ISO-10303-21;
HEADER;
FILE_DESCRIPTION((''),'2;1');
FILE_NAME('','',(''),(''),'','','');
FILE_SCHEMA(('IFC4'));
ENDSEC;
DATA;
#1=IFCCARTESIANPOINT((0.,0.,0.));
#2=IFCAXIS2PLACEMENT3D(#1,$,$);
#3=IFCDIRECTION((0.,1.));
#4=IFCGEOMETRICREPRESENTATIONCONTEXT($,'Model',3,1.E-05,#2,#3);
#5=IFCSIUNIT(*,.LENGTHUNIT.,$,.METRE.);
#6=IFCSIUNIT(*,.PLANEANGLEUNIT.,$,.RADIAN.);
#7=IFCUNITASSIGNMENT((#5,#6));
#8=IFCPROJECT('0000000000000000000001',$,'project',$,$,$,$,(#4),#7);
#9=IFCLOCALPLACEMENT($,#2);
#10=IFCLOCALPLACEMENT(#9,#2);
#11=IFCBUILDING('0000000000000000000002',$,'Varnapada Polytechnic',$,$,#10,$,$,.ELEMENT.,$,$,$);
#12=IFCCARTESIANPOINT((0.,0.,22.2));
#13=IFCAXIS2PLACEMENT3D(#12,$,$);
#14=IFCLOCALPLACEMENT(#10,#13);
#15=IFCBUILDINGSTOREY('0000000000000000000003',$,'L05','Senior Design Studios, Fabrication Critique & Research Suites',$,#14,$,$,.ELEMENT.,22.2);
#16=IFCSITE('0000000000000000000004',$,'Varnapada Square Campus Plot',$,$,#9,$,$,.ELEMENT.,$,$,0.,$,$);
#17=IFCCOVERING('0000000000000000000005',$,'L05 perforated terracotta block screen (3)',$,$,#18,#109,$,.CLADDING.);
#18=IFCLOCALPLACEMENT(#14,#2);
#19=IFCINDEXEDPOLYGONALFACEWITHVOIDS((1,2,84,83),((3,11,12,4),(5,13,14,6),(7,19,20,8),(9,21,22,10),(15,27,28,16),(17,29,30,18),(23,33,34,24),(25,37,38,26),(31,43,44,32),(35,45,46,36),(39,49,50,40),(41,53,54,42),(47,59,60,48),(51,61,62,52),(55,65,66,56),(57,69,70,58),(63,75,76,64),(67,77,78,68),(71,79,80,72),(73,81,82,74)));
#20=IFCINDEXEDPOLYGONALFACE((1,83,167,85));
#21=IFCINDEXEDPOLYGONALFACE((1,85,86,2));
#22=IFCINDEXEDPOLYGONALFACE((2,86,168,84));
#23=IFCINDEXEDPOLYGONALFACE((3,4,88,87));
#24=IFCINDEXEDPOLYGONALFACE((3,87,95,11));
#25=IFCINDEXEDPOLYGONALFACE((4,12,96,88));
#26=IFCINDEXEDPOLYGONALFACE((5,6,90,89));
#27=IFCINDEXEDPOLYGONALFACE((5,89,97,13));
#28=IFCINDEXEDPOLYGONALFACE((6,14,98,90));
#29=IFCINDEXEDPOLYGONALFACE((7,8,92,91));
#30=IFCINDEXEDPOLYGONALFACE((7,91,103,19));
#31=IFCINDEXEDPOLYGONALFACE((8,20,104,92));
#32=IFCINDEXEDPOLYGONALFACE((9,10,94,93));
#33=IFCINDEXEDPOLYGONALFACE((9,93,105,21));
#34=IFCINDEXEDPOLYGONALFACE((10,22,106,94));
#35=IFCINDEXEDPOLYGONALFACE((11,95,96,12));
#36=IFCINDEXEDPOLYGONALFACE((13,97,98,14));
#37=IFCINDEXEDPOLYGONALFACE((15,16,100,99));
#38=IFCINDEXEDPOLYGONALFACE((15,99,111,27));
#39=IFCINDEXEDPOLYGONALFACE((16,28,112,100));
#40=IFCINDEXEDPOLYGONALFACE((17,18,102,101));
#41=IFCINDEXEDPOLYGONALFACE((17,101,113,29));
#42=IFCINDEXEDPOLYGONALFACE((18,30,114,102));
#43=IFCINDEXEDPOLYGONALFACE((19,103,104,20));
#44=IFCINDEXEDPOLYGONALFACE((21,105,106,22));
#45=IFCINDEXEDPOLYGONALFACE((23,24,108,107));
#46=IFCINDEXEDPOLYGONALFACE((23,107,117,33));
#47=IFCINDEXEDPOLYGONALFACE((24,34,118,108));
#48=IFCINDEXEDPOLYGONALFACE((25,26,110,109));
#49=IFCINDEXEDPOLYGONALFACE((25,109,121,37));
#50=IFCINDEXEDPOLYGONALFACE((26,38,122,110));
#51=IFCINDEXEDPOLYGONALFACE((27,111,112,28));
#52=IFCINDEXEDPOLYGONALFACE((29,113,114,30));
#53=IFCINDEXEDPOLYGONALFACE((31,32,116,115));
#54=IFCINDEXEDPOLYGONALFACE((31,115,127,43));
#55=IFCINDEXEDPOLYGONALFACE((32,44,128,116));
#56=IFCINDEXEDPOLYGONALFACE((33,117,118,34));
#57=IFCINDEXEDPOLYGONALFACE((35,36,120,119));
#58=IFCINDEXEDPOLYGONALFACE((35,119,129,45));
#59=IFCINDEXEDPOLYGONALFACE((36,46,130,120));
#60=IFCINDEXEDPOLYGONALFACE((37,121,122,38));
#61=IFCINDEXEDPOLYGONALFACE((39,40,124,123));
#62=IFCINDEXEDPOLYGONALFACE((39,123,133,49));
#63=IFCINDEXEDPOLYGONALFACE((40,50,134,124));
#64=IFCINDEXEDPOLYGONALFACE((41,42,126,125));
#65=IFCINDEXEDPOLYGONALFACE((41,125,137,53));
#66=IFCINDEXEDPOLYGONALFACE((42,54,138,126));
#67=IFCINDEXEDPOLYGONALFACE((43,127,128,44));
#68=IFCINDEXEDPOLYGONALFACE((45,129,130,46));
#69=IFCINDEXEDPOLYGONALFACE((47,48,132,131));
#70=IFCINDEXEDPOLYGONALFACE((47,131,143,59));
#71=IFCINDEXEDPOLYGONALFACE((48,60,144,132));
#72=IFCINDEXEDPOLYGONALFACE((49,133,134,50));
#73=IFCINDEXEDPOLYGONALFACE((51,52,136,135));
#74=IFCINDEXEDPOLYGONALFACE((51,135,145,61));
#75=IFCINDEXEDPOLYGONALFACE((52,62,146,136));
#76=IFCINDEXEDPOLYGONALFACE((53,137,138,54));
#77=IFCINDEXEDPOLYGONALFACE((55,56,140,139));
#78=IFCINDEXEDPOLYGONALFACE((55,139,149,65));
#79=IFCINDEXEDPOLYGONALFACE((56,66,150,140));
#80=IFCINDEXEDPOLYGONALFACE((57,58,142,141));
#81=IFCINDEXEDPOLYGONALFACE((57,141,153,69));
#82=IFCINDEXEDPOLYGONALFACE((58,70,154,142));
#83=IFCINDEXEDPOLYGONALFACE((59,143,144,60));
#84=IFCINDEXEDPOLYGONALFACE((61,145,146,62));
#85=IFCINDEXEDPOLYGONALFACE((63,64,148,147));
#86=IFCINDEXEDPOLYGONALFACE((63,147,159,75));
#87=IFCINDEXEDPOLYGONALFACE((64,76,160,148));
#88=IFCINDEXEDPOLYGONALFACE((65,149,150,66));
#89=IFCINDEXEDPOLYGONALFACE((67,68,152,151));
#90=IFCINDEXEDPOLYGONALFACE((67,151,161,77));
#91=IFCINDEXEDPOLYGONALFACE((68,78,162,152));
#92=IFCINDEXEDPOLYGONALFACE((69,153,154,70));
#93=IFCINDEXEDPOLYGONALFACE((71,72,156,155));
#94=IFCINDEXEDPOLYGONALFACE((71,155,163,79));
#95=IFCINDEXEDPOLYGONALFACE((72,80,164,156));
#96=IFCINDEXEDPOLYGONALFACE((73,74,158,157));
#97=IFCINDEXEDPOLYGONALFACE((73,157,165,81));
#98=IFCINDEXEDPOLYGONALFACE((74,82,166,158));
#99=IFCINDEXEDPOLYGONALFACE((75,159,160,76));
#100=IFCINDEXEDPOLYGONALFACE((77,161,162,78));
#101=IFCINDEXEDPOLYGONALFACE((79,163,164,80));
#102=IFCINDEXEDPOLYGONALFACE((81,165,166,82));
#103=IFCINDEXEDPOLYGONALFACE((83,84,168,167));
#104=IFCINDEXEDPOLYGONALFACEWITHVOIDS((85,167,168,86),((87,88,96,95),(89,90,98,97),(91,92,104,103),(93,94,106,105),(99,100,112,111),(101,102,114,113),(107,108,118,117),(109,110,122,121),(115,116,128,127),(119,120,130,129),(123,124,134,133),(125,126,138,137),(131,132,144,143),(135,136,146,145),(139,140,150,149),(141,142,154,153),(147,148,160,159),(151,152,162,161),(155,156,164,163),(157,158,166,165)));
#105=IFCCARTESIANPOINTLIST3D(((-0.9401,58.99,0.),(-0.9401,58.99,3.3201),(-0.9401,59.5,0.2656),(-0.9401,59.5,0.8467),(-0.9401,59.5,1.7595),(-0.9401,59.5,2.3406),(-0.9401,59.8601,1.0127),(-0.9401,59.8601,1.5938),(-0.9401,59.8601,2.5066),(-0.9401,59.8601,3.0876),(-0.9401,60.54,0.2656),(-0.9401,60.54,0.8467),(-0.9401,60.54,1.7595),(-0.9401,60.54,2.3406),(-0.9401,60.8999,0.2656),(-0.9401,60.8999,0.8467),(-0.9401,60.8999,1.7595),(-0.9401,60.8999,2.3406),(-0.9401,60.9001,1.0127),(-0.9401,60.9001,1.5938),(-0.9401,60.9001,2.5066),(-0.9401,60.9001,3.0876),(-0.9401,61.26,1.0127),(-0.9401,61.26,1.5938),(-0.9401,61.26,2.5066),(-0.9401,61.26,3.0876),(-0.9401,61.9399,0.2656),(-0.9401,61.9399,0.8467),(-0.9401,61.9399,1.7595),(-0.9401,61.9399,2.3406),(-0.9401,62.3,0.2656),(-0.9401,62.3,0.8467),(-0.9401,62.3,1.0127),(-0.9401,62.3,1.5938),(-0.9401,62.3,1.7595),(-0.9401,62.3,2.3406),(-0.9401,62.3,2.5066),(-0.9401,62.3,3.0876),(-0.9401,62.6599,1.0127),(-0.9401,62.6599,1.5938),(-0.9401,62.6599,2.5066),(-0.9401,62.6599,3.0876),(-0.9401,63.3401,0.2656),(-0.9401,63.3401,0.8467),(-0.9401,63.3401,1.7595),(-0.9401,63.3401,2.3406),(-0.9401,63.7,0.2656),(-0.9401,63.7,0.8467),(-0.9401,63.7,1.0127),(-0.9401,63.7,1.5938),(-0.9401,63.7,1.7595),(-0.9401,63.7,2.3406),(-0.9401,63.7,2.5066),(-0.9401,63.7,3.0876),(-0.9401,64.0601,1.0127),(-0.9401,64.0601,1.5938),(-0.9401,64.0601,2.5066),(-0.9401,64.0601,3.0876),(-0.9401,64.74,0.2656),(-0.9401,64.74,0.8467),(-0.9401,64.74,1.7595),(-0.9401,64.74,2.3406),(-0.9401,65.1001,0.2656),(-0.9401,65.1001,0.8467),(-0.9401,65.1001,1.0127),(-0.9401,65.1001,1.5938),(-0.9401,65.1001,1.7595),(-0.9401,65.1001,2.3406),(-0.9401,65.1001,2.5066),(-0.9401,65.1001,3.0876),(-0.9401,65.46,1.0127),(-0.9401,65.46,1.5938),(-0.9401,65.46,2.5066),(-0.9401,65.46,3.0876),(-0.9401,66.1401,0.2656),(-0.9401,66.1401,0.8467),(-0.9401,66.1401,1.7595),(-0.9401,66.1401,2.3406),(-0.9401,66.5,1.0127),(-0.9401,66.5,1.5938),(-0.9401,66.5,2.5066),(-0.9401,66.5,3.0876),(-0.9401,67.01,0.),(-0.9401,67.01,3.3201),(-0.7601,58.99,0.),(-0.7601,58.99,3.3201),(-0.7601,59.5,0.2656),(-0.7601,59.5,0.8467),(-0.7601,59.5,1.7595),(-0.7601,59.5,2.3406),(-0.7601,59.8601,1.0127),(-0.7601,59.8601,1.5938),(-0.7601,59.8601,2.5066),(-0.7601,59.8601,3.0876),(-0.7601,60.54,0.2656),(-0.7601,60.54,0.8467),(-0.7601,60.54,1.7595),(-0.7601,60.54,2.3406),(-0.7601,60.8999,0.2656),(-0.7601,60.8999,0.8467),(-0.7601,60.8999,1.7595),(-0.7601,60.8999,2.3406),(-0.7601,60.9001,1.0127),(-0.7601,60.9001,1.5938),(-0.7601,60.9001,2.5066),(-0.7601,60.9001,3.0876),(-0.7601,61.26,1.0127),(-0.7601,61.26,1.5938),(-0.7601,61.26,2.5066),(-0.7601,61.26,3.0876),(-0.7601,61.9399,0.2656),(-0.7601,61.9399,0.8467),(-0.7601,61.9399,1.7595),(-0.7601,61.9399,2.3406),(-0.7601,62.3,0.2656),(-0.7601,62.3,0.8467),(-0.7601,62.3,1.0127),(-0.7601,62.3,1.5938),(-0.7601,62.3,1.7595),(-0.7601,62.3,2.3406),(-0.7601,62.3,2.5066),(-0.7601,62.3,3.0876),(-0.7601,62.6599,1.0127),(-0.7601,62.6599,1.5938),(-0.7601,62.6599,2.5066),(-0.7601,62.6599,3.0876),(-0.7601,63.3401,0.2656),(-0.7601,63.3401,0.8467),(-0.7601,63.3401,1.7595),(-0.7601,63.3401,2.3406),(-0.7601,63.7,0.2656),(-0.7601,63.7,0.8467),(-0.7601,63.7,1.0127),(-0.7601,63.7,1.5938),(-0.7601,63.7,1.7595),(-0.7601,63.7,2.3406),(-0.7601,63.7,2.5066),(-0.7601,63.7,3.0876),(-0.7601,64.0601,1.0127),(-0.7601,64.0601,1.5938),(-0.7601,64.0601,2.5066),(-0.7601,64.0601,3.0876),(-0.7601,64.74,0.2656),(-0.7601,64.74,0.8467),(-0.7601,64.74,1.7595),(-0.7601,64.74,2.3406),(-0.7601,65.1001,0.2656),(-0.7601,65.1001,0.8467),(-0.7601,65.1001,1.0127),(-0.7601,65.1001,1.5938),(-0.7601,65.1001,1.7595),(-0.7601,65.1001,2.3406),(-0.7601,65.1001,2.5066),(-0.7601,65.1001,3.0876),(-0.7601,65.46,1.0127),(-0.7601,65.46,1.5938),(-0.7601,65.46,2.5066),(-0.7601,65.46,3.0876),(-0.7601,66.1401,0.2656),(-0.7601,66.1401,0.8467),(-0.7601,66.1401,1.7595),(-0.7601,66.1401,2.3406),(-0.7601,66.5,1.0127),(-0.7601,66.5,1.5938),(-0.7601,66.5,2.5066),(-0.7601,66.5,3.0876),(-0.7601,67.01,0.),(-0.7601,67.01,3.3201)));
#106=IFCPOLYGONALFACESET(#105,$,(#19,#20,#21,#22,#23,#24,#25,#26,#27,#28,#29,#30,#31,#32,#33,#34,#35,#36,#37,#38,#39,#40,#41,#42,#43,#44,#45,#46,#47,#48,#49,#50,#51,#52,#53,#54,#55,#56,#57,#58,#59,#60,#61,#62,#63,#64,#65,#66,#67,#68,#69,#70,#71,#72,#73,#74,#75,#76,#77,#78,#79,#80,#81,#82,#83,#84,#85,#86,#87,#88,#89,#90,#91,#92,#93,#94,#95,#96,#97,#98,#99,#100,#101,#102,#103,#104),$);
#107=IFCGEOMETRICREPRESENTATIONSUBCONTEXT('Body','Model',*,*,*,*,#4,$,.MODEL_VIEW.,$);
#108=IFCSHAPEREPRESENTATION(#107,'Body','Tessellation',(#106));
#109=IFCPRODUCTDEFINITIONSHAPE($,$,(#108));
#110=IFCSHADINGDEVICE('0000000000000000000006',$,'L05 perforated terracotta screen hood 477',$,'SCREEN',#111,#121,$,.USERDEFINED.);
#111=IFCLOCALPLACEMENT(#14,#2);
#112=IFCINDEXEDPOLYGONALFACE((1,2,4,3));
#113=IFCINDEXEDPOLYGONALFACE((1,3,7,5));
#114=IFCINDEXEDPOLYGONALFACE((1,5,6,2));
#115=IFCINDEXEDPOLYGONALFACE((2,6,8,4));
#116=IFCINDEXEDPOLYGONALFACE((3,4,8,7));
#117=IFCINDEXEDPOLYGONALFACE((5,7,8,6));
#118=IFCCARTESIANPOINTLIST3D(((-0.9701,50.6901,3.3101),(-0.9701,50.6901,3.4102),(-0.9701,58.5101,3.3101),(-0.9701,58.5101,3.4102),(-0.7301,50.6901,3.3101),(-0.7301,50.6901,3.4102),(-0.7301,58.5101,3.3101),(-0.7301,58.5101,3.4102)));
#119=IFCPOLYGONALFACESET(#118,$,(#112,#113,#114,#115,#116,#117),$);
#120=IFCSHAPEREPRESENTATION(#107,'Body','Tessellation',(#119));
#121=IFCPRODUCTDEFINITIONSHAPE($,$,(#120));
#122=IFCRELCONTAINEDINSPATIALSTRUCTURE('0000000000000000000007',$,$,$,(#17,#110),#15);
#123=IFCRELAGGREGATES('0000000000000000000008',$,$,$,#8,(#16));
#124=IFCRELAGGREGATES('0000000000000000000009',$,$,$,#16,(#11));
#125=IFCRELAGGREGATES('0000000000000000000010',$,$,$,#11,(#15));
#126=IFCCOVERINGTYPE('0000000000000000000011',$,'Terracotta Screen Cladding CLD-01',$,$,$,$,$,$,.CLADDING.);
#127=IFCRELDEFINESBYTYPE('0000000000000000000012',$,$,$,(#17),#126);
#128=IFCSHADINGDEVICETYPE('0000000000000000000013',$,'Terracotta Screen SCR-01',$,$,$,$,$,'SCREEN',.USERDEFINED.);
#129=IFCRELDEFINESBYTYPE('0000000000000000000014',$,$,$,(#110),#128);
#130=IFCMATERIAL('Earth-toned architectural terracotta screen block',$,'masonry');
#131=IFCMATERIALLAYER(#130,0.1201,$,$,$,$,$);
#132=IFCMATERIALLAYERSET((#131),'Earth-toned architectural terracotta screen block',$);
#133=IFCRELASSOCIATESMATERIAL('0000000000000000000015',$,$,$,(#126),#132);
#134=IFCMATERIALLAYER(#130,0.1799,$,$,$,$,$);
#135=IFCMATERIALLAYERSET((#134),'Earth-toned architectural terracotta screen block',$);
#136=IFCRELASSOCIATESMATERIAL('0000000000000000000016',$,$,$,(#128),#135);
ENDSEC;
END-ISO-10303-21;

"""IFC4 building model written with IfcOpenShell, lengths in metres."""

from ifc_helpers import new_model, si_unit, direction, frame, frame_2d, origin, origin_2d, place, context, subcontext, project, spatial, rectangle, extrude, material, layer, layer_set, type_object, element, save


model = new_model("IFC4")

# Units and contexts
model_context = context("Model", 3, precision=1e-05, world=origin(), true_north=direction((0.0, 1.0)))
body_context = subcontext(model_context, "Body", "Model", "MODEL_VIEW")
ifc_project = project(units=[si_unit("LENGTHUNIT", "METRE"), si_unit("PLANEANGLEUNIT", "RADIAN")], contexts=[model_context])

# Site, building, storey
site_placement = place(None, origin())
site = spatial("IfcSite", under=ifc_project, at=site_placement, Name="Varnapada Square Campus Plot", CompositionType="ELEMENT", RefElevation=0.0)
building_placement = place(site_placement, origin())
building = spatial("IfcBuilding", under=site, at=building_placement, Name="Varnapada Polytechnic", CompositionType="ELEMENT")
storey_placement = place(building_placement, frame((0.0, 0.0, 22.2)))
storey = spatial("IfcBuildingStorey", under=building, at=storey_placement, Name="L05", Description="Senior Design Studios, Fabrication Critique & Research Suites", CompositionType="ELEMENT", Elevation=22.2)

# Covering, openings
ifc_material_1 = material(Name="Earth-toned architectural terracotta screen block", Category="masonry")
ifc_layer_1 = layer(ifc_material_1, 0.1201)
ifc_layer_set_1 = layer_set([ifc_layer_1], Name="Earth-toned architectural terracotta screen block")
covering_type_1 = type_object("IfcCoveringType", Name="Terracotta Screen Cladding CLD-01", PredefinedType="CLADDING", material=ifc_layer_set_1)
covering_1_placement = place(storey_placement, frame((-0.8501, 58.99, 0.0), z_axis=(0.0, 0.0, 1.0), x_axis=(0.0, 1.0, 0.0)))
covering_1 = element("IfcCovering", 1, at=covering_1_placement, inside=storey, type_object=covering_type_1, Name="L05 perforated terracotta block screen (3)", PredefinedType="CLADDING", context=body_context, shape_type="SweptSolid", body=[
    extrude(rectangle(XDim=8.02, YDim=0.1799, at=frame_2d((4.01, 0.0))), origin(), (0.0, 0.0, 1.0), 3.3201),
])
opening_1_placement = place(covering_1_placement, frame((0.51, 0.0, 0.2656)))
element("IfcOpeningElement", 2, at=opening_1_placement, cuts=covering_1, PredefinedType="OPENING", context=body_context, shape_type="SweptSolid", body=[
    extrude(rectangle(XDim=1.04, YDim=0.5811, at=frame_2d((0.52, 0.2905))), frame((0.0, 0.0999, 0.0), z_axis=(0.0, -1.0, 0.0), x_axis=(1.0, 0.0, 0.0)), (0.0, 0.0, 1.0), 0.2),
])
opening_2_placement = place(covering_1_placement, frame((1.9099, 0.0, 0.2656)))
element("IfcOpeningElement", 3, at=opening_2_placement, cuts=covering_1, PredefinedType="OPENING", context=body_context, shape_type="SweptSolid", body=[
    extrude(rectangle(XDim=1.04, YDim=0.5811, at=frame_2d((0.52, 0.2905))), frame((0.0, 0.0999, 0.0), z_axis=(0.0, -1.0, 0.0), x_axis=(1.0, 0.0, 0.0)), (0.0, 0.0, 1.0), 0.2),
])
opening_3_placement = place(covering_1_placement, frame((3.3101, 0.0, 0.2656)))
element("IfcOpeningElement", 4, at=opening_3_placement, cuts=covering_1, PredefinedType="OPENING", context=body_context, shape_type="SweptSolid", body=[
    extrude(rectangle(XDim=1.04, YDim=0.5811, at=frame_2d((0.52, 0.2905))), frame((0.0, 0.0999, 0.0), z_axis=(0.0, -1.0, 0.0), x_axis=(1.0, 0.0, 0.0)), (0.0, 0.0, 1.0), 0.2),
])
opening_4_placement = place(covering_1_placement, frame((4.71, 0.0, 0.2656)))
element("IfcOpeningElement", 5, at=opening_4_placement, cuts=covering_1, PredefinedType="OPENING", context=body_context, shape_type="SweptSolid", body=[
    extrude(rectangle(XDim=1.04, YDim=0.5811, at=frame_2d((0.52, 0.2905))), frame((0.0, 0.0999, 0.0), z_axis=(0.0, -1.0, 0.0), x_axis=(1.0, 0.0, 0.0)), (0.0, 0.0, 1.0), 0.2),
])
opening_5_placement = place(covering_1_placement, frame((6.1101, 0.0, 0.2656)))
element("IfcOpeningElement", 6, at=opening_5_placement, cuts=covering_1, PredefinedType="OPENING", context=body_context, shape_type="SweptSolid", body=[
    extrude(rectangle(XDim=1.04, YDim=0.5811, at=frame_2d((0.52, 0.2905))), frame((0.0, 0.0999, 0.0), z_axis=(0.0, -1.0, 0.0), x_axis=(1.0, 0.0, 0.0)), (0.0, 0.0, 1.0), 0.2),
])
opening_6_placement = place(covering_1_placement, frame((0.8701, 0.0, 1.0127)))
element("IfcOpeningElement", 7, at=opening_6_placement, cuts=covering_1, PredefinedType="OPENING", context=body_context, shape_type="SweptSolid", body=[
    extrude(rectangle(XDim=1.04, YDim=0.5811, at=frame_2d((0.52, 0.2905))), frame((0.0, 0.0999, 0.0), z_axis=(0.0, -1.0, 0.0), x_axis=(1.0, 0.0, 0.0)), (0.0, 0.0, 1.0), 0.2),
])
opening_7_placement = place(covering_1_placement, frame((2.27, 0.0, 1.0127)))
element("IfcOpeningElement", 8, at=opening_7_placement, cuts=covering_1, PredefinedType="OPENING", context=body_context, shape_type="SweptSolid", body=[
    extrude(rectangle(XDim=1.04, YDim=0.5811, at=frame_2d((0.52, 0.2905))), frame((0.0, 0.0999, 0.0), z_axis=(0.0, -1.0, 0.0), x_axis=(1.0, 0.0, 0.0)), (0.0, 0.0, 1.0), 0.2),
])
opening_8_placement = place(covering_1_placement, frame((3.6699, 0.0, 1.0127)))
element("IfcOpeningElement", 9, at=opening_8_placement, cuts=covering_1, PredefinedType="OPENING", context=body_context, shape_type="SweptSolid", body=[
    extrude(rectangle(XDim=1.04, YDim=0.5811, at=frame_2d((0.52, 0.2905))), frame((0.0, 0.0999, 0.0), z_axis=(0.0, -1.0, 0.0), x_axis=(1.0, 0.0, 0.0)), (0.0, 0.0, 1.0), 0.2),
])
opening_9_placement = place(covering_1_placement, frame((5.0701, 0.0, 1.0127)))
element("IfcOpeningElement", 10, at=opening_9_placement, cuts=covering_1, PredefinedType="OPENING", context=body_context, shape_type="SweptSolid", body=[
    extrude(rectangle(XDim=1.04, YDim=0.5811, at=frame_2d((0.52, 0.2905))), frame((0.0, 0.0999, 0.0), z_axis=(0.0, -1.0, 0.0), x_axis=(1.0, 0.0, 0.0)), (0.0, 0.0, 1.0), 0.2),
])
opening_10_placement = place(covering_1_placement, frame((6.47, 0.0, 1.0127)))
element("IfcOpeningElement", 11, at=opening_10_placement, cuts=covering_1, PredefinedType="OPENING", context=body_context, shape_type="SweptSolid", body=[
    extrude(rectangle(XDim=1.04, YDim=0.5811, at=frame_2d((0.52, 0.2905))), frame((0.0, 0.0999, 0.0), z_axis=(0.0, -1.0, 0.0), x_axis=(1.0, 0.0, 0.0)), (0.0, 0.0, 1.0), 0.2),
])
opening_11_placement = place(covering_1_placement, frame((0.51, 0.0, 1.7595)))
element("IfcOpeningElement", 12, at=opening_11_placement, cuts=covering_1, PredefinedType="OPENING", context=body_context, shape_type="SweptSolid", body=[
    extrude(rectangle(XDim=1.04, YDim=0.5811, at=frame_2d((0.52, 0.2905))), frame((0.0, 0.0999, 0.0), z_axis=(0.0, -1.0, 0.0), x_axis=(1.0, 0.0, 0.0)), (0.0, 0.0, 1.0), 0.2),
])
opening_12_placement = place(covering_1_placement, frame((1.9099, 0.0, 1.7595)))
element("IfcOpeningElement", 13, at=opening_12_placement, cuts=covering_1, PredefinedType="OPENING", context=body_context, shape_type="SweptSolid", body=[
    extrude(rectangle(XDim=1.04, YDim=0.5811, at=frame_2d((0.52, 0.2905))), frame((0.0, 0.0999, 0.0), z_axis=(0.0, -1.0, 0.0), x_axis=(1.0, 0.0, 0.0)), (0.0, 0.0, 1.0), 0.2),
])
opening_13_placement = place(covering_1_placement, frame((3.3101, 0.0, 1.7595)))
element("IfcOpeningElement", 14, at=opening_13_placement, cuts=covering_1, PredefinedType="OPENING", context=body_context, shape_type="SweptSolid", body=[
    extrude(rectangle(XDim=1.04, YDim=0.5811, at=frame_2d((0.52, 0.2905))), frame((0.0, 0.0999, 0.0), z_axis=(0.0, -1.0, 0.0), x_axis=(1.0, 0.0, 0.0)), (0.0, 0.0, 1.0), 0.2),
])
opening_14_placement = place(covering_1_placement, frame((4.71, 0.0, 1.7595)))
element("IfcOpeningElement", 15, at=opening_14_placement, cuts=covering_1, PredefinedType="OPENING", context=body_context, shape_type="SweptSolid", body=[
    extrude(rectangle(XDim=1.04, YDim=0.5811, at=frame_2d((0.52, 0.2905))), frame((0.0, 0.0999, 0.0), z_axis=(0.0, -1.0, 0.0), x_axis=(1.0, 0.0, 0.0)), (0.0, 0.0, 1.0), 0.2),
])
opening_15_placement = place(covering_1_placement, frame((6.1101, 0.0, 1.7595)))
element("IfcOpeningElement", 16, at=opening_15_placement, cuts=covering_1, PredefinedType="OPENING", context=body_context, shape_type="SweptSolid", body=[
    extrude(rectangle(XDim=1.04, YDim=0.5811, at=frame_2d((0.52, 0.2905))), frame((0.0, 0.0999, 0.0), z_axis=(0.0, -1.0, 0.0), x_axis=(1.0, 0.0, 0.0)), (0.0, 0.0, 1.0), 0.2),
])
opening_16_placement = place(covering_1_placement, frame((0.8701, 0.0, 2.5066)))
element("IfcOpeningElement", 17, at=opening_16_placement, cuts=covering_1, PredefinedType="OPENING", context=body_context, shape_type="SweptSolid", body=[
    extrude(rectangle(XDim=1.04, YDim=0.5811, at=frame_2d((0.52, 0.2905))), frame((0.0, 0.0999, 0.0), z_axis=(0.0, -1.0, 0.0), x_axis=(1.0, 0.0, 0.0)), (0.0, 0.0, 1.0), 0.2),
])
opening_17_placement = place(covering_1_placement, frame((2.27, 0.0, 2.5066)))
element("IfcOpeningElement", 18, at=opening_17_placement, cuts=covering_1, PredefinedType="OPENING", context=body_context, shape_type="SweptSolid", body=[
    extrude(rectangle(XDim=1.04, YDim=0.5811, at=frame_2d((0.52, 0.2905))), frame((0.0, 0.0999, 0.0), z_axis=(0.0, -1.0, 0.0), x_axis=(1.0, 0.0, 0.0)), (0.0, 0.0, 1.0), 0.2),
])
opening_18_placement = place(covering_1_placement, frame((3.6699, 0.0, 2.5066)))
element("IfcOpeningElement", 19, at=opening_18_placement, cuts=covering_1, PredefinedType="OPENING", context=body_context, shape_type="SweptSolid", body=[
    extrude(rectangle(XDim=1.04, YDim=0.5811, at=frame_2d((0.52, 0.2905))), frame((0.0, 0.0999, 0.0), z_axis=(0.0, -1.0, 0.0), x_axis=(1.0, 0.0, 0.0)), (0.0, 0.0, 1.0), 0.2),
])
opening_19_placement = place(covering_1_placement, frame((5.0701, 0.0, 2.5066)))
element("IfcOpeningElement", 20, at=opening_19_placement, cuts=covering_1, PredefinedType="OPENING", context=body_context, shape_type="SweptSolid", body=[
    extrude(rectangle(XDim=1.04, YDim=0.5811, at=frame_2d((0.52, 0.2905))), frame((0.0, 0.0999, 0.0), z_axis=(0.0, -1.0, 0.0), x_axis=(1.0, 0.0, 0.0)), (0.0, 0.0, 1.0), 0.2),
])
opening_20_placement = place(covering_1_placement, frame((6.47, 0.0, 2.5066)))
element("IfcOpeningElement", 21, at=opening_20_placement, cuts=covering_1, PredefinedType="OPENING", context=body_context, shape_type="SweptSolid", body=[
    extrude(rectangle(XDim=1.04, YDim=0.5811, at=frame_2d((0.52, 0.2905))), frame((0.0, 0.0999, 0.0), z_axis=(0.0, -1.0, 0.0), x_axis=(1.0, 0.0, 0.0)), (0.0, 0.0, 1.0), 0.2),
])

# Shading device
ifc_layer_2 = layer(ifc_material_1, 0.1799)
ifc_layer_set_2 = layer_set([ifc_layer_2], Name="Earth-toned architectural terracotta screen block")
shading_device_type = type_object("IfcShadingDeviceType", Name="Terracotta Screen SCR-01", ElementType="SCREEN", PredefinedType="USERDEFINED", material=ifc_layer_set_2)
for number, where, z_axis, x_axis, name in (
    (22, (-0.8501, 54.6001, 3.3101), (0.0, 0.0, 1.0), (0.0, 1.0, 0.0), "L05 perforated terracotta screen hood 477"),
):
    element("IfcShadingDevice", number, at=place(storey_placement, frame(where, z_axis=z_axis, x_axis=x_axis)), inside=storey, type_object=shading_device_type, Name=name, ObjectType="SCREEN", PredefinedType="USERDEFINED", context=body_context, shape_type="SweptSolid", body=[
        extrude(rectangle(XDim=7.8201, YDim=0.24, at=origin_2d()), origin(), (0.0, 0.0, 1.0), 0.1001),
    ])

save(model, "model.ifc")
